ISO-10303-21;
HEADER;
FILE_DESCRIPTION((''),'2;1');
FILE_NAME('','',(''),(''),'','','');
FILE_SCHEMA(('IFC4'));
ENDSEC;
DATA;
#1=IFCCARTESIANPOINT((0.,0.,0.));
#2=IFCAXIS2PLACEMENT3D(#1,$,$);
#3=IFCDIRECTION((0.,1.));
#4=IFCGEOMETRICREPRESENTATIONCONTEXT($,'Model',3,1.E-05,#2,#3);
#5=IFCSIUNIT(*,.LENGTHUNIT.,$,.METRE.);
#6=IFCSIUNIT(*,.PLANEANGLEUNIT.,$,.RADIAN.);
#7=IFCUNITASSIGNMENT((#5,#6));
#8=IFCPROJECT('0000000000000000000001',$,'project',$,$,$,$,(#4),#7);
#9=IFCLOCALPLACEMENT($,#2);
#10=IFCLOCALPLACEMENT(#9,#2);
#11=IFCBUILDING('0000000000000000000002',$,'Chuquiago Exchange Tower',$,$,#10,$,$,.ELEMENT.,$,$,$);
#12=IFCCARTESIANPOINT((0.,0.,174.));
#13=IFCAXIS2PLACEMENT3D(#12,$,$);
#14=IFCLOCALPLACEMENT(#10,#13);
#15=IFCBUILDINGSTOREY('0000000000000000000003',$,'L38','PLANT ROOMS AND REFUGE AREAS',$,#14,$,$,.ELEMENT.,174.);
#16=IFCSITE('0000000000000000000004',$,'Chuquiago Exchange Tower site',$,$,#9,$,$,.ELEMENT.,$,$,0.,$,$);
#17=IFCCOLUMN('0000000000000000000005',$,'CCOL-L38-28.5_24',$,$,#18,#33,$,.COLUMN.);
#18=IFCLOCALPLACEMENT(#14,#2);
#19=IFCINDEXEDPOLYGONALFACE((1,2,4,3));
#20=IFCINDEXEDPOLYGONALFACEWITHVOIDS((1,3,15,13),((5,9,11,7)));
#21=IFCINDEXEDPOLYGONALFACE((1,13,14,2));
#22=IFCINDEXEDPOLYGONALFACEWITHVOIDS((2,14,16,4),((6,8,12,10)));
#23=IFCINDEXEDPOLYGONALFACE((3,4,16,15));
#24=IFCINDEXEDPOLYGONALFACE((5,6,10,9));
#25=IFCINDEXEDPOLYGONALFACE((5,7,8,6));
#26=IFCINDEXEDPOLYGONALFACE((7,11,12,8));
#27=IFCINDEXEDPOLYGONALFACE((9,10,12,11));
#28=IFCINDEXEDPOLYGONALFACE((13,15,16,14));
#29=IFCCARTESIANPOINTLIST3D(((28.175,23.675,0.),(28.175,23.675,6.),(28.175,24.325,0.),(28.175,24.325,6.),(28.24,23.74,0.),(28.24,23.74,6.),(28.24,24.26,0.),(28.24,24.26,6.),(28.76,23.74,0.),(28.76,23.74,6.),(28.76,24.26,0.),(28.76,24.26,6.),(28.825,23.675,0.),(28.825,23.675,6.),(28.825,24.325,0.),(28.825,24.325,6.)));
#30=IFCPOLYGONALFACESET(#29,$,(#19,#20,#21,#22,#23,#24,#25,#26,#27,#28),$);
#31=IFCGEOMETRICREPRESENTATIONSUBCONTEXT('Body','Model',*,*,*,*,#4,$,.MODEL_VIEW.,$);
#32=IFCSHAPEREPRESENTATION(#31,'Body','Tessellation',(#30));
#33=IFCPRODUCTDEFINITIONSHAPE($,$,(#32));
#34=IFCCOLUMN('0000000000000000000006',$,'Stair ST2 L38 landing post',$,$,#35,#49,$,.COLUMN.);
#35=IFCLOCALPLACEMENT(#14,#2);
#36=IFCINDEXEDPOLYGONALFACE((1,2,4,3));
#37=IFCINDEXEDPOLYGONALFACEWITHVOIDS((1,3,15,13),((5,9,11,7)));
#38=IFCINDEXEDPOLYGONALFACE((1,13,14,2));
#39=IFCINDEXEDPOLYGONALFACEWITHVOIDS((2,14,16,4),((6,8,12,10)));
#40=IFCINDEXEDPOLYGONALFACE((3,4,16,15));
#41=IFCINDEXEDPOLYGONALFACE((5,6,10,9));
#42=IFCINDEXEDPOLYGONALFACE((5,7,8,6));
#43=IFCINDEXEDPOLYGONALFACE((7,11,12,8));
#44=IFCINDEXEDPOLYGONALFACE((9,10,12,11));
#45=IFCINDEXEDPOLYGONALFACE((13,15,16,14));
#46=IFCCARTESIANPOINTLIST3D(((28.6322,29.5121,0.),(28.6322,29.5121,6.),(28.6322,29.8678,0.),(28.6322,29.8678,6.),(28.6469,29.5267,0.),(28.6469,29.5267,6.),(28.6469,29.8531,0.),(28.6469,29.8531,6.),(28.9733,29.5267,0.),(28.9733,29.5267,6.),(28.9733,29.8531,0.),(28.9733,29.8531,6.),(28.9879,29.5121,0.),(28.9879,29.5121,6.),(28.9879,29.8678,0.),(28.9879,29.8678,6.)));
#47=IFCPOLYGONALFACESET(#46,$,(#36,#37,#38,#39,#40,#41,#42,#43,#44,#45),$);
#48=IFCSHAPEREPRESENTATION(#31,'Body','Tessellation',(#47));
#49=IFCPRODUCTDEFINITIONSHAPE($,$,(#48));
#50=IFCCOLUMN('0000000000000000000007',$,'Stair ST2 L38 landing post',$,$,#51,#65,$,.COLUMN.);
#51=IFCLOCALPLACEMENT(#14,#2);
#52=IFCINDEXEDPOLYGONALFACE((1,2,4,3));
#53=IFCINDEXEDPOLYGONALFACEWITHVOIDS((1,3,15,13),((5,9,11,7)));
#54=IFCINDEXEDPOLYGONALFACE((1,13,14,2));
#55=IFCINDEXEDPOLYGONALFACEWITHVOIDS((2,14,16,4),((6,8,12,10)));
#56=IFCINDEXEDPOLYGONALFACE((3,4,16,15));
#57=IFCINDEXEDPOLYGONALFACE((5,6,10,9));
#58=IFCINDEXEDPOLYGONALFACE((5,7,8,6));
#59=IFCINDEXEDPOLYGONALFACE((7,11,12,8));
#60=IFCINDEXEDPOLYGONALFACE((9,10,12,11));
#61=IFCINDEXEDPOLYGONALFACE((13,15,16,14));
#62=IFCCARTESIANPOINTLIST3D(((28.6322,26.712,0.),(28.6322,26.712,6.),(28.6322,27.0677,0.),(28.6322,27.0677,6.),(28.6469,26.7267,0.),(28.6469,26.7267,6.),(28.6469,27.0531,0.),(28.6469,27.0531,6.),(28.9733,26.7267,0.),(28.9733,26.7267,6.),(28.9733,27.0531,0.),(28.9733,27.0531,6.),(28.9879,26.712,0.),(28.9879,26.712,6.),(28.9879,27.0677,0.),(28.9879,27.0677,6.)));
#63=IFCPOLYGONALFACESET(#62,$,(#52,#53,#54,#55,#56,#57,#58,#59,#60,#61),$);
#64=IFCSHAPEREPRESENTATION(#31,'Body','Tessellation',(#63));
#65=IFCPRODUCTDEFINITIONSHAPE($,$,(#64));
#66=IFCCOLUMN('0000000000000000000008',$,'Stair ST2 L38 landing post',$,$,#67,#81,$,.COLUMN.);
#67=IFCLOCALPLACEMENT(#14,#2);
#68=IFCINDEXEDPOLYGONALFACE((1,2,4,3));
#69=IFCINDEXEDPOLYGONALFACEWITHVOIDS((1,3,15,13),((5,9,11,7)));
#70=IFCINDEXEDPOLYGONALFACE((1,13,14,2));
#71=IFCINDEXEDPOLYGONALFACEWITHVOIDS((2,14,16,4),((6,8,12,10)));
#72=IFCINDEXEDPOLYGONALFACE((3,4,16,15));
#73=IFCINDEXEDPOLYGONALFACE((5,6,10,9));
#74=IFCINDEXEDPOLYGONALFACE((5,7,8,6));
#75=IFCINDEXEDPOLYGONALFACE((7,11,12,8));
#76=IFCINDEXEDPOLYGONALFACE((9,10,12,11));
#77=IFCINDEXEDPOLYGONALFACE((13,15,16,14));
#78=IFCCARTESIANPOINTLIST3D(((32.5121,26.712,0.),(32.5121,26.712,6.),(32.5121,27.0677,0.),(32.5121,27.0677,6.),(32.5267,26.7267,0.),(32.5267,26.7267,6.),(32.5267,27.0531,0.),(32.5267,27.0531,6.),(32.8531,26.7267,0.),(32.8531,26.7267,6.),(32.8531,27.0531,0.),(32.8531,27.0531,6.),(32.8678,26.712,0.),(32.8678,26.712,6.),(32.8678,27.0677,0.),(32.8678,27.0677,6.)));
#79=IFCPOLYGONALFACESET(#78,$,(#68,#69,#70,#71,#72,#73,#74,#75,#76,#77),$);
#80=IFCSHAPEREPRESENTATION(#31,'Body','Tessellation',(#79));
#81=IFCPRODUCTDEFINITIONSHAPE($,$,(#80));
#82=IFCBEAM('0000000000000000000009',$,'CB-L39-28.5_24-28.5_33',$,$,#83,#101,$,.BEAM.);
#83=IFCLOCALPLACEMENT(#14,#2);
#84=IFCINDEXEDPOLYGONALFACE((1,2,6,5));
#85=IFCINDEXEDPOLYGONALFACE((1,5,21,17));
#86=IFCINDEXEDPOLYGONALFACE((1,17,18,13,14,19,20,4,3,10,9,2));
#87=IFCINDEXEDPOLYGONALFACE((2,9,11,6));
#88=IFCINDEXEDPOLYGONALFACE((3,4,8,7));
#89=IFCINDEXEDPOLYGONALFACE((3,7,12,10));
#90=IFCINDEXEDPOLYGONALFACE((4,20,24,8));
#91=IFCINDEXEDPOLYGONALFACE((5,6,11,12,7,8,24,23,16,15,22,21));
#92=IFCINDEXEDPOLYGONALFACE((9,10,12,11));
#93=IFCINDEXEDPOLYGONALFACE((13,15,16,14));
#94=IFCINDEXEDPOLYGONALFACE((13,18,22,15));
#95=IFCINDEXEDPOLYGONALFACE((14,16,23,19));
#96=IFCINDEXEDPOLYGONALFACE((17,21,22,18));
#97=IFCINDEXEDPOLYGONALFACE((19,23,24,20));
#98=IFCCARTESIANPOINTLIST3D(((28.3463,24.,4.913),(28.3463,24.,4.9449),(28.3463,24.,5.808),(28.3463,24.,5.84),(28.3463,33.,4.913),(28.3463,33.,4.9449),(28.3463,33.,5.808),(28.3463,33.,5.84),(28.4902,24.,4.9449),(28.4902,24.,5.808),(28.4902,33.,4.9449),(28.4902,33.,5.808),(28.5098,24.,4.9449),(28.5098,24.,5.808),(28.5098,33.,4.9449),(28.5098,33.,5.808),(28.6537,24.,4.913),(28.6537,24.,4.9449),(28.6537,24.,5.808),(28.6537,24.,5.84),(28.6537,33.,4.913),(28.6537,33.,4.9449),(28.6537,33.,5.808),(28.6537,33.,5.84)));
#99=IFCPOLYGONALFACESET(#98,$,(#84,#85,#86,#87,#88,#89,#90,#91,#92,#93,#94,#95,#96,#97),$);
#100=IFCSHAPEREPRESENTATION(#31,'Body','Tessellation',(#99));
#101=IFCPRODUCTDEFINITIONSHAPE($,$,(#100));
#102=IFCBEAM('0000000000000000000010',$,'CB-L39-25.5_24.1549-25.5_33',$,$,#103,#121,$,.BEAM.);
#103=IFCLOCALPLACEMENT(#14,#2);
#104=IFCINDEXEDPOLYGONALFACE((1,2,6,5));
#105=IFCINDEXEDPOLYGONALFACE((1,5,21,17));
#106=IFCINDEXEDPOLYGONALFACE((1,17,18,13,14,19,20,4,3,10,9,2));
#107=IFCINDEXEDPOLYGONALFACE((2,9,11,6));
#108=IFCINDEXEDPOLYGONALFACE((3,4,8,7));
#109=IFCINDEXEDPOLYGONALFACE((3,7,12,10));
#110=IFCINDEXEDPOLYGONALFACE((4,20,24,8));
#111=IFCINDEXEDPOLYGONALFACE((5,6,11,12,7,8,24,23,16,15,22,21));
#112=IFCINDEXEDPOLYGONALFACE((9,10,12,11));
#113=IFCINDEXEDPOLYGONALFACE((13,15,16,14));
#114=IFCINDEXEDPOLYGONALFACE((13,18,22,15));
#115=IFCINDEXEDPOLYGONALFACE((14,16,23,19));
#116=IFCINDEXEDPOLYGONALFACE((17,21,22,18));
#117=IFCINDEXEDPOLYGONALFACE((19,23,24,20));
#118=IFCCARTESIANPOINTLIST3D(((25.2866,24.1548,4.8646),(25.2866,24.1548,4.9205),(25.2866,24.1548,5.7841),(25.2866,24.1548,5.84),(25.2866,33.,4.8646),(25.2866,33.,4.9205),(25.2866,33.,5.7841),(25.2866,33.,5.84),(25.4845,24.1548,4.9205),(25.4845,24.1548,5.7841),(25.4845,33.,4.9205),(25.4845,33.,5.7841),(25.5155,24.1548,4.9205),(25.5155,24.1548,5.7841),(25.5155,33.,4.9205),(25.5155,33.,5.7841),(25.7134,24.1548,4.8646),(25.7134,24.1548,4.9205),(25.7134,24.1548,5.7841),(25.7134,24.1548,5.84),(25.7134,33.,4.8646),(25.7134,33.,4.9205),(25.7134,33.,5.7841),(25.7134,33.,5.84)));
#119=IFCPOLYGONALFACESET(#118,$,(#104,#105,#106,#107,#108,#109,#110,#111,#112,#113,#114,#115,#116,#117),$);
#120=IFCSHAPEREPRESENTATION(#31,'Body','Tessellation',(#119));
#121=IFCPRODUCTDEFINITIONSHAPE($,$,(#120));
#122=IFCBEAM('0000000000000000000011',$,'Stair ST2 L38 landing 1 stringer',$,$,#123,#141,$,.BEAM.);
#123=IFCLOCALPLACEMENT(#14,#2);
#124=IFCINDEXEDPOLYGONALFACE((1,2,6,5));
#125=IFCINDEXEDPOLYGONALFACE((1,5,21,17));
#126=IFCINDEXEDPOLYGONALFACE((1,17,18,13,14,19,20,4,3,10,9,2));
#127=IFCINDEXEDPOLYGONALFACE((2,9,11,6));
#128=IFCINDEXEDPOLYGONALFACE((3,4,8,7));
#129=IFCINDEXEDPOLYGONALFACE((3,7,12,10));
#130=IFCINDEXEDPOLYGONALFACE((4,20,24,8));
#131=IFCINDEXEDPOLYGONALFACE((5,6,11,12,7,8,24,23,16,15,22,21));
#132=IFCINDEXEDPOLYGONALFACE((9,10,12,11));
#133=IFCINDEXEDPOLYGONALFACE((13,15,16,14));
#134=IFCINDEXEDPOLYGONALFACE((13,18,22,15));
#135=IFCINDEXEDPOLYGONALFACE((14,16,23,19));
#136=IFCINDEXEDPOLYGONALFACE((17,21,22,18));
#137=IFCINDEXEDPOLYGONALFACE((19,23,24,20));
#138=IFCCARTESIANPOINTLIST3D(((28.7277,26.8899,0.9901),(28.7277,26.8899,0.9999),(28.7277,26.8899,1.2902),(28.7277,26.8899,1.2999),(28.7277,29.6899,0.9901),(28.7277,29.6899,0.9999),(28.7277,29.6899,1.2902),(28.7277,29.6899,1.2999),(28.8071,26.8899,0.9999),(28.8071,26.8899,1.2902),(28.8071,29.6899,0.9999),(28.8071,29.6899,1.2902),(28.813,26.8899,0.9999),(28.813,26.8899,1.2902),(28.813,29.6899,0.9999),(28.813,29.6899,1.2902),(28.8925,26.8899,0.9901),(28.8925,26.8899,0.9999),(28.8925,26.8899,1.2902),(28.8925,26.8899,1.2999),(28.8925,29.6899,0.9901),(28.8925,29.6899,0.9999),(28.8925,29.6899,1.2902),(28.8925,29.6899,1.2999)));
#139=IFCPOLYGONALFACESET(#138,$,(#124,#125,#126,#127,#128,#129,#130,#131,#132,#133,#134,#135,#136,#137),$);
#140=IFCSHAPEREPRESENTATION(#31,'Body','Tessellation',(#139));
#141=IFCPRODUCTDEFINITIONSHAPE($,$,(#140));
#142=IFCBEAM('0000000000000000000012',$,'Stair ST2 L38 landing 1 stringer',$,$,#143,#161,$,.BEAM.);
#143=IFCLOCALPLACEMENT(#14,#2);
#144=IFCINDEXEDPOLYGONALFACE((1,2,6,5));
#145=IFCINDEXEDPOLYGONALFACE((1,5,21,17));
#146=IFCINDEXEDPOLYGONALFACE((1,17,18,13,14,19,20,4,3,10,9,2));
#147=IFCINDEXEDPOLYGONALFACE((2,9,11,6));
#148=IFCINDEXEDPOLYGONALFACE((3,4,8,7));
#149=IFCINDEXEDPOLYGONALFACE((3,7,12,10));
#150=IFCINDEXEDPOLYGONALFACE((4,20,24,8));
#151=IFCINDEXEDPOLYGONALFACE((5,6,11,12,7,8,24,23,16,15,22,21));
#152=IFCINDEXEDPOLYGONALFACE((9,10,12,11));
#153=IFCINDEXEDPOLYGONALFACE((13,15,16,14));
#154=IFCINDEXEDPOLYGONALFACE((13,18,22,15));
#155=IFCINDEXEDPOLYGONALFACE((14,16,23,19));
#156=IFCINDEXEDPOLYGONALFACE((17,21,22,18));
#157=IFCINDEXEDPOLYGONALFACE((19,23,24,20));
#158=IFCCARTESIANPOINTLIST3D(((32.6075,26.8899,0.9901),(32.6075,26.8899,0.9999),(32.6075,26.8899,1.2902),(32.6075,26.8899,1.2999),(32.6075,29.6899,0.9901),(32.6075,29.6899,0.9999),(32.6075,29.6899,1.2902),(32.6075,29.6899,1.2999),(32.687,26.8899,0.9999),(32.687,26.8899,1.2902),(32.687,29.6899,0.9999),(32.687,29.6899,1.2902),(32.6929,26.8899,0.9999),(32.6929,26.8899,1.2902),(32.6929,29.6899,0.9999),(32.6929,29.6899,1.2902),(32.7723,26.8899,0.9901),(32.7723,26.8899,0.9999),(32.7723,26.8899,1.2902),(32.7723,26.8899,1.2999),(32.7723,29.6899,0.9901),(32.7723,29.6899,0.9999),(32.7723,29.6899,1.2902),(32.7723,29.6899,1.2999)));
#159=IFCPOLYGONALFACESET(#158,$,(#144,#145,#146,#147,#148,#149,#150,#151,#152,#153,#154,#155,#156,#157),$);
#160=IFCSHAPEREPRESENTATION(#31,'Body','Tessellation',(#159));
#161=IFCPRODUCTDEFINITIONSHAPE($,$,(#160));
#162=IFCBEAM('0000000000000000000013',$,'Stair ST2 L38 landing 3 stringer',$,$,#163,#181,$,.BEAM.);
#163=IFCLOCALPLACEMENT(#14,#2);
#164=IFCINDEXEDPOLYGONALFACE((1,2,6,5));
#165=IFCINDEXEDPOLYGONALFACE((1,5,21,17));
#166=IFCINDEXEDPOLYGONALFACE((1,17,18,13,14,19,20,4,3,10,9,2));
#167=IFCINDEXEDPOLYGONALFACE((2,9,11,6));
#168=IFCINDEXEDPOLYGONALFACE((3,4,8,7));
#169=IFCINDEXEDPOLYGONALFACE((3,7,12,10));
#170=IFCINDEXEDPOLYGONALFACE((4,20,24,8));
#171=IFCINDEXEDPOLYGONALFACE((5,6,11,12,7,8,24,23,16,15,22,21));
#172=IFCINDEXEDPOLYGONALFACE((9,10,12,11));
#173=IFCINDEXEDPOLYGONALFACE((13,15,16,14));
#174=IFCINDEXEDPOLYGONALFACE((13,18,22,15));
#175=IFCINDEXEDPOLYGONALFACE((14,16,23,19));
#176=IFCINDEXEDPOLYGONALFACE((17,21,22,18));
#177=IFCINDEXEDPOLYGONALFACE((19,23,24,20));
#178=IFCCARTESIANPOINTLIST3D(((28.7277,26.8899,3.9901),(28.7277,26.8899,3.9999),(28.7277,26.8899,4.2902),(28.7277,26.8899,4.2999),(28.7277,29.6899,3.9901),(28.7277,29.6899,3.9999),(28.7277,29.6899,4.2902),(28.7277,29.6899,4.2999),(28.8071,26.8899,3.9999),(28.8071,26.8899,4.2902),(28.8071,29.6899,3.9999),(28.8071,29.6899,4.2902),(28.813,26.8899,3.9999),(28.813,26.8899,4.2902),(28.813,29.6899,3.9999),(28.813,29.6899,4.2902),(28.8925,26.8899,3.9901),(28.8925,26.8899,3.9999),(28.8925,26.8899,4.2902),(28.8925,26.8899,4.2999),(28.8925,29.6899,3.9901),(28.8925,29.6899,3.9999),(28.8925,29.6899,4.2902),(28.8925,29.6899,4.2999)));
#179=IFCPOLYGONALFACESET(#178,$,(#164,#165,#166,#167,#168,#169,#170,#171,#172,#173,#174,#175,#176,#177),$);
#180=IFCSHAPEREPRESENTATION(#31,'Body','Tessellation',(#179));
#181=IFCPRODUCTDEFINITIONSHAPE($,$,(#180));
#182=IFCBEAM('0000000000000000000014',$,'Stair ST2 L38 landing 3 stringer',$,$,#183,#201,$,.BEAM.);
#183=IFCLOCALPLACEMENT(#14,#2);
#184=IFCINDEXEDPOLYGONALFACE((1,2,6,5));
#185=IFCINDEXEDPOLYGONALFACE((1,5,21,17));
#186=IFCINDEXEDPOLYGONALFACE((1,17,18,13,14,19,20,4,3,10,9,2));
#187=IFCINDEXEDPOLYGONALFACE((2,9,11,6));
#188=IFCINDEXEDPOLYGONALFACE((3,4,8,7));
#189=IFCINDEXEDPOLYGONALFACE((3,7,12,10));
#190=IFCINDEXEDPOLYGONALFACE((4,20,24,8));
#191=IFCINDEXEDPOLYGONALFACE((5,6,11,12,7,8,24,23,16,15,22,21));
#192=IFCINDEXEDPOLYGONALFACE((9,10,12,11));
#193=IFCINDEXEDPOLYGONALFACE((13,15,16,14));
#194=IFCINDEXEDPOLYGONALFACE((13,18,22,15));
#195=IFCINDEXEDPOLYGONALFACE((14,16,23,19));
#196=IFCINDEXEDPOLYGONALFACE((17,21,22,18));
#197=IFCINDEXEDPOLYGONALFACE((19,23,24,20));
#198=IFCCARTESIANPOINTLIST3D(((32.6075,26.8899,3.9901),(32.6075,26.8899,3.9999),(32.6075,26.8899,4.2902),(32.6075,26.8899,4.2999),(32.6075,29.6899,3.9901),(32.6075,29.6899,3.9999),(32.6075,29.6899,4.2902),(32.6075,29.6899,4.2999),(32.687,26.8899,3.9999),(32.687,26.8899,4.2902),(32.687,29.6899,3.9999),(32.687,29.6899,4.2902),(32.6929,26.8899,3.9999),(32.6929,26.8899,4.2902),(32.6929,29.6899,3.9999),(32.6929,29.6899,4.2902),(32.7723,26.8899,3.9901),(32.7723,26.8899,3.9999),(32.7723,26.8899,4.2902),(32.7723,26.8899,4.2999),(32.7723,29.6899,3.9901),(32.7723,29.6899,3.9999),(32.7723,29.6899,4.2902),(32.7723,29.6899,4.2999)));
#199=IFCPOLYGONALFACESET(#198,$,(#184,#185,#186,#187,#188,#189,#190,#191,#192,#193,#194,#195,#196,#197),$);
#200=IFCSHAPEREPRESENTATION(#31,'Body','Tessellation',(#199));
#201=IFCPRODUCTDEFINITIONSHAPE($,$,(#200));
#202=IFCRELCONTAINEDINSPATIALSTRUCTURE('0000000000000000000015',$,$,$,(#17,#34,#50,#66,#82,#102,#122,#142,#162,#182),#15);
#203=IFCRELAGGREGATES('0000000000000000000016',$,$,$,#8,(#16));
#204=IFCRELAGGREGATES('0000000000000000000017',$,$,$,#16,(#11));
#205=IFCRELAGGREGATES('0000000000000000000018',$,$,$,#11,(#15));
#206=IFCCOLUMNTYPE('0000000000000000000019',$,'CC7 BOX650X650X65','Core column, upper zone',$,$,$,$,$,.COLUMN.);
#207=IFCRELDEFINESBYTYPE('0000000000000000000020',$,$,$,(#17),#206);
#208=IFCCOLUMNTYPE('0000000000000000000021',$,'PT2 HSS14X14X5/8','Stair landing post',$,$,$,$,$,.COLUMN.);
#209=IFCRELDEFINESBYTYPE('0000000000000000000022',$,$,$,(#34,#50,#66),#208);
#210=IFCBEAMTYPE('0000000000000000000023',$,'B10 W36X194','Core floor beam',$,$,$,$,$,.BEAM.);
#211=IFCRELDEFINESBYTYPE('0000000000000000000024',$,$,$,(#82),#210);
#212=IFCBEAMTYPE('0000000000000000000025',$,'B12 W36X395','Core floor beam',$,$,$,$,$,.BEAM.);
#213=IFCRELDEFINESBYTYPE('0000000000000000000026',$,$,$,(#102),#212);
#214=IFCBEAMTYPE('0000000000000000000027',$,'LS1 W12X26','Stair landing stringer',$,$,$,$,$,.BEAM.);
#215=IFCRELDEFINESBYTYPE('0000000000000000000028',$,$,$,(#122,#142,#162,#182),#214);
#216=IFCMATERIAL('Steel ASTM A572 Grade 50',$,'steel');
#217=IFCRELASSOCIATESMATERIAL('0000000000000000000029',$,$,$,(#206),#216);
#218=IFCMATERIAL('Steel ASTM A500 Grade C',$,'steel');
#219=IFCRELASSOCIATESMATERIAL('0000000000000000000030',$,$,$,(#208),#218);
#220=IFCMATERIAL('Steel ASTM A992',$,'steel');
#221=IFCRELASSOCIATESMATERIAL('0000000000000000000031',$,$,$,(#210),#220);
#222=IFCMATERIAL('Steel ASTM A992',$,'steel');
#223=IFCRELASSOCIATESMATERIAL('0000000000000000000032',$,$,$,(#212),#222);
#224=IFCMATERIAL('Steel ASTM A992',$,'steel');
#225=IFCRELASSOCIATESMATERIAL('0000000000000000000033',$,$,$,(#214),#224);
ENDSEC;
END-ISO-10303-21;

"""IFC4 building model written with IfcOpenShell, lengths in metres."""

from ifc_helpers import new_model, si_unit, direction, frame, origin, origin_2d, place, context, subcontext, project, spatial, hollow_rectangle, i_section, extrude, material, material_profile, profile_set, type_object, element, save


model = new_model("IFC4")

# Units and contexts
model_context = context("Model", 3, precision=1e-05, world=origin(), true_north=direction((0.0, 1.0)))
body_context = subcontext(model_context, "Body", "Model", "MODEL_VIEW")
ifc_project = project(units=[si_unit("LENGTHUNIT", "METRE"), si_unit("PLANEANGLEUNIT", "RADIAN")], contexts=[model_context])

# Site, building, storey
site_placement = place(None, origin())
site = spatial("IfcSite", under=ifc_project, at=site_placement, Name="Chuquiago Exchange Tower site", CompositionType="ELEMENT", RefElevation=0.0)
building_placement = place(site_placement, origin())
building = spatial("IfcBuilding", under=site, at=building_placement, Name="Chuquiago Exchange Tower", CompositionType="ELEMENT")
storey_placement = place(building_placement, frame((0.0, 0.0, 174.0)))
storey = spatial("IfcBuildingStorey", under=building, at=storey_placement, Name="L38", Description="PLANT ROOMS AND REFUGE AREAS", CompositionType="ELEMENT", Elevation=174.0)

# Columns
ifc_material_1 = material(Name="Steel ASTM A572 Grade 50", Category="steel")
ifc_material_profile_1 = material_profile(ifc_material_1, hollow_rectangle(XDim=0.6499, YDim=0.6499, WallThickness=0.0649, at=origin_2d()), Name="BOX650X650X65")
ifc_profile_set_1 = profile_set([ifc_material_profile_1], Name="Steel ASTM A572 Grade 50")
column_type_1 = type_object("IfcColumnType", Name="CC7 BOX650X650X65", Description="Core column, upper zone", PredefinedType="COLUMN", material=ifc_profile_set_1)
column_placement = place(storey_placement, frame((28.5, 24.0, 0.0), z_axis=(0.0, 0.0, 1.0), x_axis=(1.0, 0.0, 0.0)))
element("IfcColumn", 1, at=column_placement, inside=storey, type_object=column_type_1, Name="CCOL-L38-28.5_24", PredefinedType="COLUMN", context=body_context, shape_type="SweptSolid", body=[
    extrude(hollow_rectangle(XDim=0.6499, YDim=0.6499, WallThickness=0.0649, at=origin_2d()), origin(), (0.0, 0.0, 1.0), 6.0),
])
ifc_material_2 = material(Name="Steel ASTM A500 Grade C", Category="steel")
ifc_material_profile_2 = material_profile(ifc_material_2, hollow_rectangle(XDim=0.3557, YDim=0.3557, WallThickness=0.0146, at=origin_2d()), Name="HSS14X14X5/8")
ifc_profile_set_2 = profile_set([ifc_material_profile_2], Name="Steel ASTM A500 Grade C")
column_type_2 = type_object("IfcColumnType", Name="PT2 HSS14X14X5/8", Description="Stair landing post", PredefinedType="COLUMN", material=ifc_profile_set_2)
for number, where, z_axis, x_axis, name in (
    (2, (28.8101, 29.6899, 0.0), (0.0, 0.0, 1.0), (1.0, 0.0, 0.0), "Stair ST2 L38 landing post"),
    (3, (28.8101, 26.8899, 0.0), (0.0, 0.0, 1.0), (1.0, 0.0, 0.0), "Stair ST2 L38 landing post"),
    (4, (32.6899, 26.8899, 0.0), (0.0, 0.0, 1.0), (1.0, 0.0, 0.0), "Stair ST2 L38 landing post"),
):
    element("IfcColumn", number, at=place(storey_placement, frame(where, z_axis=z_axis, x_axis=x_axis)), inside=storey, type_object=column_type_2, Name=name, PredefinedType="COLUMN", context=body_context, shape_type="SweptSolid", body=[
        extrude(hollow_rectangle(XDim=0.3557, YDim=0.3557, WallThickness=0.0146, at=origin_2d()), origin(), (0.0, 0.0, 1.0), 6.0),
    ])

# Beams
ifc_material_3 = material(Name="Steel ASTM A992", Category="steel")
ifc_material_profile_3 = material_profile(ifc_material_3, i_section(OverallWidth=0.3074, OverallDepth=0.927, WebThickness=0.0195, FlangeThickness=0.032, at=origin_2d()), Name="W36X194")
ifc_profile_set_3 = profile_set([ifc_material_profile_3], Name="Steel ASTM A992")
beam_type_1 = type_object("IfcBeamType", Name="B10 W36X194", Description="Core floor beam", PredefinedType="BEAM", material=ifc_profile_set_3)
beam_1_placement = place(storey_placement, frame((28.5, 24.0, 5.3765), z_axis=(0.0, 1.0, 0.0), x_axis=(-1.0, 0.0, 0.0)))
element("IfcBeam", 5, at=beam_1_placement, inside=storey, type_object=beam_type_1, Name="CB-L39-28.5_24-28.5_33", PredefinedType="BEAM", context=body_context, shape_type="SweptSolid", body=[
    extrude(i_section(OverallWidth=0.3074, OverallDepth=0.927, WebThickness=0.0195, FlangeThickness=0.032, at=origin_2d()), origin(), (0.0, 0.0, 1.0), 9.0),
])
ifc_material_4 = material(Name="Steel ASTM A992", Category="steel")
ifc_material_profile_4 = material_profile(ifc_material_4, i_section(OverallWidth=0.4268, OverallDepth=0.9753, WebThickness=0.031, FlangeThickness=0.0559, at=origin_2d()), Name="W36X395")
ifc_profile_set_4 = profile_set([ifc_material_profile_4], Name="Steel ASTM A992")
beam_type_2 = type_object("IfcBeamType", Name="B12 W36X395", Description="Core floor beam", PredefinedType="BEAM", material=ifc_profile_set_4)
beam_2_placement = place(storey_placement, frame((25.5, 24.1548, 5.3523), z_axis=(0.0, 1.0, 0.0), x_axis=(-1.0, 0.0, 0.0)))
element("IfcBeam", 6, at=beam_2_placement, inside=storey, type_object=beam_type_2, Name="CB-L39-25.5_24.1549-25.5_33", PredefinedType="BEAM", context=body_context, shape_type="SweptSolid", body=[
    extrude(i_section(OverallWidth=0.4268, OverallDepth=0.9753, WebThickness=0.031, FlangeThickness=0.0559, at=origin_2d()), origin(), (0.0, 0.0, 1.0), 8.8452),
])
ifc_material_5 = material(Name="Steel ASTM A992", Category="steel")
ifc_material_profile_5 = material_profile(ifc_material_5, i_section(OverallWidth=0.1648, OverallDepth=0.3098, WebThickness=0.0059, FlangeThickness=0.0098, at=origin_2d()), Name="W12X26")
ifc_profile_set_5 = profile_set([ifc_material_profile_5], Name="Steel ASTM A992")
beam_type_3 = type_object("IfcBeamType", Name="LS1 W12X26", Description="Stair landing stringer", PredefinedType="BEAM", material=ifc_profile_set_5)
for number, where, z_axis, x_axis, name in (
    (7, (28.8101, 26.8899, 1.145), (0.0, 1.0, 0.0), (-1.0, 0.0, 0.0), "Stair ST2 L38 landing 1 stringer"),
    (8, (32.6899, 26.8899, 1.145), (0.0, 1.0, 0.0), (-1.0, 0.0, 0.0), "Stair ST2 L38 landing 1 stringer"),
    (9, (28.8101, 26.8899, 4.145), (0.0, 1.0, 0.0), (-1.0, 0.0, 0.0), "Stair ST2 L38 landing 3 stringer"),
    (10, (32.6899, 26.8899, 4.145), (0.0, 1.0, 0.0), (-1.0, 0.0, 0.0), "Stair ST2 L38 landing 3 stringer"),
):
    element("IfcBeam", number, at=place(storey_placement, frame(where, z_axis=z_axis, x_axis=x_axis)), inside=storey, type_object=beam_type_3, Name=name, PredefinedType="BEAM", context=body_context, shape_type="SweptSolid", body=[
        extrude(i_section(OverallWidth=0.1648, OverallDepth=0.3098, WebThickness=0.0059, FlangeThickness=0.0098, at=origin_2d()), origin(), (0.0, 0.0, 1.0), 2.8),
    ])

save(model, "model.ifc")
